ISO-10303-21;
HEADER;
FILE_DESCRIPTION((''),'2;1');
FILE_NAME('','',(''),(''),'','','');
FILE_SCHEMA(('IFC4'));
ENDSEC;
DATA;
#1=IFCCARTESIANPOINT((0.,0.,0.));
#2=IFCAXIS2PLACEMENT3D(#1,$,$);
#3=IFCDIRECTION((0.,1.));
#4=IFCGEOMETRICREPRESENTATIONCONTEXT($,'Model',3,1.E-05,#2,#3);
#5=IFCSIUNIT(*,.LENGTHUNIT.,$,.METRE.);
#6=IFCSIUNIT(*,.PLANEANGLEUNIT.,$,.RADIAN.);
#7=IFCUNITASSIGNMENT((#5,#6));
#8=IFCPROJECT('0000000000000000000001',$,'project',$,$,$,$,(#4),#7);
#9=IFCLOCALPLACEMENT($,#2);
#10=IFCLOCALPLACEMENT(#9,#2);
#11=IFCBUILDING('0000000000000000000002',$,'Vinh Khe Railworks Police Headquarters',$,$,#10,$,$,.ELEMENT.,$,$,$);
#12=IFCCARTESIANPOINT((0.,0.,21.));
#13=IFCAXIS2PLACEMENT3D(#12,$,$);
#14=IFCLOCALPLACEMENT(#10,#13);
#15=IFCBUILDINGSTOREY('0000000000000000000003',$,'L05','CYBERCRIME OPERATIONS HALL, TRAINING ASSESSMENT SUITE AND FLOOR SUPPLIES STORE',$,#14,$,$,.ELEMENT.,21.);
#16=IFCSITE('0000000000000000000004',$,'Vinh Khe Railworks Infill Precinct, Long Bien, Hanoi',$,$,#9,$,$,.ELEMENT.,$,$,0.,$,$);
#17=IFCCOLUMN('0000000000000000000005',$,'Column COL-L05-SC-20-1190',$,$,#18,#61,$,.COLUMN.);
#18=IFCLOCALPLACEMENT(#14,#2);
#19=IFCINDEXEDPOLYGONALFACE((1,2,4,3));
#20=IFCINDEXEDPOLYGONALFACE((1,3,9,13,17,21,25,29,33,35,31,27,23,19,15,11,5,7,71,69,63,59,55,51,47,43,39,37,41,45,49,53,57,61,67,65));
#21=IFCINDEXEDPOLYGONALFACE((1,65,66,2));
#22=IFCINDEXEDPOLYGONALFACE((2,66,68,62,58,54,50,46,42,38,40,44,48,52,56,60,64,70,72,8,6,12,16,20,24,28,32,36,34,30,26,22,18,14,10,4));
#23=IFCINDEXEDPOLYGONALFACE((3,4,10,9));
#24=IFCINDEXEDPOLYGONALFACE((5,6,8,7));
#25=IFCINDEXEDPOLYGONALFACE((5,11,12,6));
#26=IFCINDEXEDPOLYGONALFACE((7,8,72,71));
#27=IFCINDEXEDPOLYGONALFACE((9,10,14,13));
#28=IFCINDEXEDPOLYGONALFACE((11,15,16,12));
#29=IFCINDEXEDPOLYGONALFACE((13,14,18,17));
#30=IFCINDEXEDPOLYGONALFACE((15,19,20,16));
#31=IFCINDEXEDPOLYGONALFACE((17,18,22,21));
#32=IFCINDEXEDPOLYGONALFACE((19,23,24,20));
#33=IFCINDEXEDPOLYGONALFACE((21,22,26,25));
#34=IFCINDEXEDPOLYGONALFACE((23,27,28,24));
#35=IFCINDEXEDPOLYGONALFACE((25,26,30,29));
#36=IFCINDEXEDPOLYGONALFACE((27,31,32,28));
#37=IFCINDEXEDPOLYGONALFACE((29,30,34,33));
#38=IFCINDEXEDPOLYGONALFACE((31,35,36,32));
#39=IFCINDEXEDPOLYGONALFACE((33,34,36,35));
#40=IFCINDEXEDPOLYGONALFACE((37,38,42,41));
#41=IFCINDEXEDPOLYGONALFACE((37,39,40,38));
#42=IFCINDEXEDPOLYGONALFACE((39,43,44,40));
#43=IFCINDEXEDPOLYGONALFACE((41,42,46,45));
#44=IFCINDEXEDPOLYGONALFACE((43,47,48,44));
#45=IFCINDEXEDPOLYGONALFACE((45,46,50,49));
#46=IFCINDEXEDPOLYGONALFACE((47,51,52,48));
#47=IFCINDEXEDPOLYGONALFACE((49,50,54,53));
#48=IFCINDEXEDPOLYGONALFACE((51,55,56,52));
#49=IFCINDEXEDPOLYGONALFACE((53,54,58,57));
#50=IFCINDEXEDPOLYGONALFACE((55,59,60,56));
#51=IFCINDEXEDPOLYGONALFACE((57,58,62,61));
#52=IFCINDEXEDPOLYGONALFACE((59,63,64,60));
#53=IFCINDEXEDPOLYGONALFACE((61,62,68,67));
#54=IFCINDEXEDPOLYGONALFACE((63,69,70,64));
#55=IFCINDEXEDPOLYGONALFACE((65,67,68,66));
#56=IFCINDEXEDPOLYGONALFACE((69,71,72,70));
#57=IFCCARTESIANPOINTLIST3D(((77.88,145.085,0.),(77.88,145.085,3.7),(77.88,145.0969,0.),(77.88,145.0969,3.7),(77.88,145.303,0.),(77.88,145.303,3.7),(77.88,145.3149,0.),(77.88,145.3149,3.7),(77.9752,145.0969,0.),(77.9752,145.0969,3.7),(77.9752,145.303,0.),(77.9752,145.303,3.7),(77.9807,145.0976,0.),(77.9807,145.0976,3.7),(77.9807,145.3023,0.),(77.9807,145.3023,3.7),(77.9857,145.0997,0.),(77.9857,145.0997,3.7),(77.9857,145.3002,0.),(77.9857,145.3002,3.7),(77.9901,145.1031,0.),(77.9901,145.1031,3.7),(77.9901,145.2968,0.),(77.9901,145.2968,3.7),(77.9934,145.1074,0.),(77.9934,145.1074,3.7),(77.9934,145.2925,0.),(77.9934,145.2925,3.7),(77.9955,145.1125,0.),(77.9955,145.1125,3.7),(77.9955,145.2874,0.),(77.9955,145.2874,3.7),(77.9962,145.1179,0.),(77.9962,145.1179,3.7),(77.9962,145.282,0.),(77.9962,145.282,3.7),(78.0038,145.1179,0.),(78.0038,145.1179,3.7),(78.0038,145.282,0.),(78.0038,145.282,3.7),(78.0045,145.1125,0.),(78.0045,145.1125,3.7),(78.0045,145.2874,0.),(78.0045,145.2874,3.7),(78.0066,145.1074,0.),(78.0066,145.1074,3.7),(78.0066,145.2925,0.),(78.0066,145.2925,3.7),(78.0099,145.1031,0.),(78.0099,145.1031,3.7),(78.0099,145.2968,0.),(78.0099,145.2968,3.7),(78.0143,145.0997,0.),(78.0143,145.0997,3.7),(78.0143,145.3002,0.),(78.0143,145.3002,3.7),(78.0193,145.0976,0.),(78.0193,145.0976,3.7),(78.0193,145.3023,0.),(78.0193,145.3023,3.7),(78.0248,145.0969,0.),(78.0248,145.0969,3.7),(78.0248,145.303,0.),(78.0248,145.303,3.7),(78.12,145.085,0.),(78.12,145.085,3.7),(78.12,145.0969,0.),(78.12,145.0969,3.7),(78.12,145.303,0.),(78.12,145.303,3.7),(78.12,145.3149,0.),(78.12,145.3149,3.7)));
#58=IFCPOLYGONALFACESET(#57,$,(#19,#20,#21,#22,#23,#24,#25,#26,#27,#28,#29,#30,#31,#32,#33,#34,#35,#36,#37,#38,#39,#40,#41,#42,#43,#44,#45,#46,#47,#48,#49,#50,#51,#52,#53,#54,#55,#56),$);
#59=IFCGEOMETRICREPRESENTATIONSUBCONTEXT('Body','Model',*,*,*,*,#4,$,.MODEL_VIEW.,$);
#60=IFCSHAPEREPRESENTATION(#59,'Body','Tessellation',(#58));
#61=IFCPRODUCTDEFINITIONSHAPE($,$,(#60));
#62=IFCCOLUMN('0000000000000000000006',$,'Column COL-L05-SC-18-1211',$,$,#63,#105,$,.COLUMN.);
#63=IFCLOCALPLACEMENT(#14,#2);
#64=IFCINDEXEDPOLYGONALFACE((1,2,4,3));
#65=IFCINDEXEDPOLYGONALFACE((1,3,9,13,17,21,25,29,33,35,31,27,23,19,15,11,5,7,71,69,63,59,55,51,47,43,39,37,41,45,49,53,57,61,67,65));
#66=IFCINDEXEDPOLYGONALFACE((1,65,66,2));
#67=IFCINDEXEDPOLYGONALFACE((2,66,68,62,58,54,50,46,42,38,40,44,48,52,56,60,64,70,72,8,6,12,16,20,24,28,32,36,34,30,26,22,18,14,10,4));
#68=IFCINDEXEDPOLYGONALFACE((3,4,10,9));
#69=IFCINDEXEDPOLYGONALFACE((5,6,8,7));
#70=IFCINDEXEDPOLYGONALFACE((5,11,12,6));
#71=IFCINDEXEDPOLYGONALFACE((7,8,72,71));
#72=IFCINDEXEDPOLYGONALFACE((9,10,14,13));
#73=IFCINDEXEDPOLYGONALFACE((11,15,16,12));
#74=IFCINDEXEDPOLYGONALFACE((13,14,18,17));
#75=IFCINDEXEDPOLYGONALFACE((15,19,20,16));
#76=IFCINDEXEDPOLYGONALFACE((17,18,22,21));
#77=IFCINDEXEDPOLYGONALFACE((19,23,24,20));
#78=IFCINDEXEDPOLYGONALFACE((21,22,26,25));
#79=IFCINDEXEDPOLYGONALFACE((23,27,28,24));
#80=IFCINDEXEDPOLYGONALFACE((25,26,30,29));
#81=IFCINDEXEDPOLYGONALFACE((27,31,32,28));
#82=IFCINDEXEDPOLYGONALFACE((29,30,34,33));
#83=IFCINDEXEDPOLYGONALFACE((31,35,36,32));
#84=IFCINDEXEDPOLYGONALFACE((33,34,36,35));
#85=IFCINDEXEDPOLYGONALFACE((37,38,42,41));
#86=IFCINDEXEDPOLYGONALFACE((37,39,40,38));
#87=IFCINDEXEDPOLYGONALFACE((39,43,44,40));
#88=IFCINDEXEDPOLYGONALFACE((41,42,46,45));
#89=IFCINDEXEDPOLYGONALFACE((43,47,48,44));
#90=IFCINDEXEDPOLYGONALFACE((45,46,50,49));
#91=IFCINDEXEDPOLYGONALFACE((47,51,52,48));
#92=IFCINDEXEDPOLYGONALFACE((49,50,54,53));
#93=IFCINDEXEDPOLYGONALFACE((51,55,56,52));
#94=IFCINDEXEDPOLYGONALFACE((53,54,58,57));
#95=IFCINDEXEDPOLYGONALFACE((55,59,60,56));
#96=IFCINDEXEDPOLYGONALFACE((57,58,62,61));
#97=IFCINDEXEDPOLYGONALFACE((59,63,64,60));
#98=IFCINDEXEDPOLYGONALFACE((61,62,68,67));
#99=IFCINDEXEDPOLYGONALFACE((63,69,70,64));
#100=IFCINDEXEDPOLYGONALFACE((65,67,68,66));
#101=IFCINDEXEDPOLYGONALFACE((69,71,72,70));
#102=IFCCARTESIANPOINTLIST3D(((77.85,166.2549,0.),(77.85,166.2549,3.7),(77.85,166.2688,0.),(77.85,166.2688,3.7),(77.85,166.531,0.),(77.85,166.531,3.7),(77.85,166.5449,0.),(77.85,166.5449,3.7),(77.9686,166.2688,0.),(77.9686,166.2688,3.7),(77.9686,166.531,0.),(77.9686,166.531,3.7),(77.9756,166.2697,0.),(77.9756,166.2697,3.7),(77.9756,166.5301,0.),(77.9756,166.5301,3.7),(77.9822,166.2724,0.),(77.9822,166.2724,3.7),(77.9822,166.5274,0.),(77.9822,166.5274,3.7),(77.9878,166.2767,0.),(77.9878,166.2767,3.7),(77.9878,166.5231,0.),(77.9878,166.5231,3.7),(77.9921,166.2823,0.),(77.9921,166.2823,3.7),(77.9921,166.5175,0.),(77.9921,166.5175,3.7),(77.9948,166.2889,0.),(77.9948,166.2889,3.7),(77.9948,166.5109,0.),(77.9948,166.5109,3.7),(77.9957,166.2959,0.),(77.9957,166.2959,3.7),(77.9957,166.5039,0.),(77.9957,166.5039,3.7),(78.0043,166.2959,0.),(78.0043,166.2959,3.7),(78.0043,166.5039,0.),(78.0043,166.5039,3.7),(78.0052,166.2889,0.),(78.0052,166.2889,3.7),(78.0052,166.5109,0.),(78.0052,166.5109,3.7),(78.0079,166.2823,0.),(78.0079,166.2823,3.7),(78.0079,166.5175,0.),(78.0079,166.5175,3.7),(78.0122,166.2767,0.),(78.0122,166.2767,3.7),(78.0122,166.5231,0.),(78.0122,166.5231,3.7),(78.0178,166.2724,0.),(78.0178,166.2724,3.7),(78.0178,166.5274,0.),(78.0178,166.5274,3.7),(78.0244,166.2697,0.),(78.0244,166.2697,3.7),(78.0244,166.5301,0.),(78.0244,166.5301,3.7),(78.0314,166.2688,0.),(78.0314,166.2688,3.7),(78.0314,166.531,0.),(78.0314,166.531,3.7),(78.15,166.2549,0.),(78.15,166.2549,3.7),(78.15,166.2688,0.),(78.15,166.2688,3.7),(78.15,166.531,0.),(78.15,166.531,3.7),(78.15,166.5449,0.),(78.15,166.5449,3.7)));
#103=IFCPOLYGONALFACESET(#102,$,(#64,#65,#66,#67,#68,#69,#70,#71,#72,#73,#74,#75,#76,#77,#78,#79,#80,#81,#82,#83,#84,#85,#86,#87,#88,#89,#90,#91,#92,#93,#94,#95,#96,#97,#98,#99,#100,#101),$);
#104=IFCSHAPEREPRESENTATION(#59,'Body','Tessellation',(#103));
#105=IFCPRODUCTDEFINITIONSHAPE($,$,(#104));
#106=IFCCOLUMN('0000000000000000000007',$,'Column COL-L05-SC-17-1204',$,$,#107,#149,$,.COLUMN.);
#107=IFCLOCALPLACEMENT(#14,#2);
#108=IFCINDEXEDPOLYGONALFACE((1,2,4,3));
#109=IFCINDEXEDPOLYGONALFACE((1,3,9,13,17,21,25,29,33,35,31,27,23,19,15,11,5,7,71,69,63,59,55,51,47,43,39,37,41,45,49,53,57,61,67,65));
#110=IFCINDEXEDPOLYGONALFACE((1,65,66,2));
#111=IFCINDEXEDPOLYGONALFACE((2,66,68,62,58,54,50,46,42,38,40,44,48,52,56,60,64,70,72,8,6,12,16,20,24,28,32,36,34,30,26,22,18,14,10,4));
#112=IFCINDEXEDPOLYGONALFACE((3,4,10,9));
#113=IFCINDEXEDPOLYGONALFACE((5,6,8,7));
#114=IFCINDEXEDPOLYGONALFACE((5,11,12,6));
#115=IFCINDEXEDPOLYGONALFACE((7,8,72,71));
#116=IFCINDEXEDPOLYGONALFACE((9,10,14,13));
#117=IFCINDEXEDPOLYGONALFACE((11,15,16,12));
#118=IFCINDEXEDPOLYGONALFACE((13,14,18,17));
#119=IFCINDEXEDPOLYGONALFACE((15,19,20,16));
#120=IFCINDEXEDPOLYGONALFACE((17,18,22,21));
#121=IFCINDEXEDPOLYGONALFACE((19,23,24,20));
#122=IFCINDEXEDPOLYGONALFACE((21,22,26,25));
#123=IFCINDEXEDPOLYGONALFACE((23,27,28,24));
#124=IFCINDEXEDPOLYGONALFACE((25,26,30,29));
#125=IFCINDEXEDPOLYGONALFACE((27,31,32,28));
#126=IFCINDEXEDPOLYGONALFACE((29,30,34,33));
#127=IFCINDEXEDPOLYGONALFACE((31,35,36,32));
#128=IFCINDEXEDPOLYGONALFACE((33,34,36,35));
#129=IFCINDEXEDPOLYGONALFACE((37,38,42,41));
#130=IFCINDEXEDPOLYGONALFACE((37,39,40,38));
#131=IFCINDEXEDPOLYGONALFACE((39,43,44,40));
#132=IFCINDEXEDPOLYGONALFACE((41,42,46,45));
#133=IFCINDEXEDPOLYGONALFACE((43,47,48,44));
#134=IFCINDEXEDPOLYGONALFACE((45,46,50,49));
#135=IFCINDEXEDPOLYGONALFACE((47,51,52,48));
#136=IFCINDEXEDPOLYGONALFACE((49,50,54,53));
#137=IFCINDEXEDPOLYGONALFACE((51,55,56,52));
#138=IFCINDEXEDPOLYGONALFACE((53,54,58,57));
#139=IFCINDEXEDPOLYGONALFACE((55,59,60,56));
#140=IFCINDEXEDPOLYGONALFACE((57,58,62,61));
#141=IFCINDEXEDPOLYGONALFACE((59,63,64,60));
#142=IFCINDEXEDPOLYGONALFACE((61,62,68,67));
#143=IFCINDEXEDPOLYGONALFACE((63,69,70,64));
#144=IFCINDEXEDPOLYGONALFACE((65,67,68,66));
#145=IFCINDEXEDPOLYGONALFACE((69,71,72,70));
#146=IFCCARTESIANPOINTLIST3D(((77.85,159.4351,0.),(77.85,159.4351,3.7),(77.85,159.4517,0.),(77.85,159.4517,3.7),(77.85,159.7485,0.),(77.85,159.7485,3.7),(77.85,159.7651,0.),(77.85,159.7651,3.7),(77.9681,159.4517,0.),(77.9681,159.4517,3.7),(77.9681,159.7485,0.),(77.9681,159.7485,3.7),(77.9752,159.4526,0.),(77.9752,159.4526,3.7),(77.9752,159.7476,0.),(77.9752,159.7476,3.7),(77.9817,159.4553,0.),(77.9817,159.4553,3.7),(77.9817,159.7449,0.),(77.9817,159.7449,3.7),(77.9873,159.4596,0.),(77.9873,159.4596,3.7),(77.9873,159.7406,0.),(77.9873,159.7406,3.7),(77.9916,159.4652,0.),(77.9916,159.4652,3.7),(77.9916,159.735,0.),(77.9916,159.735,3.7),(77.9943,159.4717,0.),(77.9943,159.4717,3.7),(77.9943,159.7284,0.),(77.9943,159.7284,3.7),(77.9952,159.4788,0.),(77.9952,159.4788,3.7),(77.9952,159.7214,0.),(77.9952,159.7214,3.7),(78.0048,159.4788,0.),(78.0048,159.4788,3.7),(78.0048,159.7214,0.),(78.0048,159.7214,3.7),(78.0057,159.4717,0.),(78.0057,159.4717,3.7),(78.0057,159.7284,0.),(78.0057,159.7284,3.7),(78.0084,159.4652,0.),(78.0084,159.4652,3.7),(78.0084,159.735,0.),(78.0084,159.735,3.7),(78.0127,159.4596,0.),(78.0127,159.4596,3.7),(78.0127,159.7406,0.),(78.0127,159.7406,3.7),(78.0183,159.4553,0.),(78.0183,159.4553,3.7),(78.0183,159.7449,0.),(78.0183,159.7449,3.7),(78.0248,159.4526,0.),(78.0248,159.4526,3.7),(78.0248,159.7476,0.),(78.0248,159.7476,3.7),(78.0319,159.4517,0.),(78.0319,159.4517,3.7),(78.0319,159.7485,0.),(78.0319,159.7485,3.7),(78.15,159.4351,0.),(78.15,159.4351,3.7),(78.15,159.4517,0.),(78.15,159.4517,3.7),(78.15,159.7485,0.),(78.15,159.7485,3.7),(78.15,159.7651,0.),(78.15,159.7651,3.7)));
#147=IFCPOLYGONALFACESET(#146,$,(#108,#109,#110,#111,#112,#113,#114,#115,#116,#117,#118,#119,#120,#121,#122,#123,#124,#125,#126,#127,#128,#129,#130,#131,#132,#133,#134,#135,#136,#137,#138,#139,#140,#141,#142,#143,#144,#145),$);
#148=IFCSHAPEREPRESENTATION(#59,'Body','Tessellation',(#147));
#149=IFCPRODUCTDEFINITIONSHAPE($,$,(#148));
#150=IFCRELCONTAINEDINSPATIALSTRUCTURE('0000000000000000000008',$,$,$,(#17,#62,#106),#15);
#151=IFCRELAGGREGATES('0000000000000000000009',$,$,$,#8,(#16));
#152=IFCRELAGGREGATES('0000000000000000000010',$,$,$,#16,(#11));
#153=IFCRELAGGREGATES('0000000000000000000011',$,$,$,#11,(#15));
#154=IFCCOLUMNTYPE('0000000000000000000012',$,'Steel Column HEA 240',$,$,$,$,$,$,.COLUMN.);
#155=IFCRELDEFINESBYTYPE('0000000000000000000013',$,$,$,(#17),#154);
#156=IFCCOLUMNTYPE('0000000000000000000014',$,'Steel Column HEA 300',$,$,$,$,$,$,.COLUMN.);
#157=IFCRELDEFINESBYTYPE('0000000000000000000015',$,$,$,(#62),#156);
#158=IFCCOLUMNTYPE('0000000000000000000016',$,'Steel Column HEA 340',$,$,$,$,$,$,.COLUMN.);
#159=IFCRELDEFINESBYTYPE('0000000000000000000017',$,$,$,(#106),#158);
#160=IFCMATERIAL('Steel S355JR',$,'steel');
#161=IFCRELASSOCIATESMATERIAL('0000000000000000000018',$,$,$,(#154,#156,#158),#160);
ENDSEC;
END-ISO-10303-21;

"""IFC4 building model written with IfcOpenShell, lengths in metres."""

from ifc_helpers import new_model, si_unit, direction, frame, origin, origin_2d, place, context, subcontext, project, spatial, i_section, extrude, material, material_profile, profile_set, type_object, element, save


model = new_model("IFC4")

# Units and contexts
model_context = context("Model", 3, precision=1e-05, world=origin(), true_north=direction((0.0, 1.0)))
body_context = subcontext(model_context, "Body", "Model", "MODEL_VIEW")
ifc_project = project(units=[si_unit("LENGTHUNIT", "METRE"), si_unit("PLANEANGLEUNIT", "RADIAN")], contexts=[model_context])

# Site, building, storey
site_placement = place(None, origin())
site = spatial("IfcSite", under=ifc_project, at=site_placement, Name="Vinh Khe Railworks Infill Precinct, Long Bien, Hanoi", CompositionType="ELEMENT", RefElevation=0.0)
building_placement = place(site_placement, origin())
building = spatial("IfcBuilding", under=site, at=building_placement, Name="Vinh Khe Railworks Police Headquarters", CompositionType="ELEMENT")
storey_placement = place(building_placement, frame((0.0, 0.0, 21.0)))
storey = spatial("IfcBuildingStorey", under=building, at=storey_placement, Name="L05", Description="CYBERCRIME OPERATIONS HALL, TRAINING ASSESSMENT SUITE AND FLOOR SUPPLIES STORE", CompositionType="ELEMENT", Elevation=21.0)

# Columns
ifc_material_1 = material(Name="Steel S355JR", Category="steel")
ifc_material_profile_1 = material_profile(ifc_material_1, i_section(OverallWidth=0.24, OverallDepth=0.23, WebThickness=0.0076, FlangeThickness=0.012, FilletRadius=0.021, at=origin_2d()), Name="HEA 240")
ifc_profile_set_1 = profile_set([ifc_material_profile_1], Name="Steel S355JR")
column_type_1 = type_object("IfcColumnType", Name="Steel Column HEA 240", PredefinedType="COLUMN", material=ifc_profile_set_1)
column_1_placement = place(storey_placement, frame((78.0, 145.2, 0.0), z_axis=(0.0, 0.0, 1.0), x_axis=(1.0, 0.0, 0.0)))
element("IfcColumn", 1, at=column_1_placement, inside=storey, type_object=column_type_1, Name="Column COL-L05-SC-20-1190", PredefinedType="COLUMN", context=body_context, shape_type="SweptSolid", body=[
    extrude(i_section(OverallWidth=0.24, OverallDepth=0.23, WebThickness=0.0076, FlangeThickness=0.012, FilletRadius=0.021, at=origin_2d()), origin(), (0.0, 0.0, 1.0), 3.7),
])
ifc_material_profile_2 = material_profile(ifc_material_1, i_section(OverallWidth=0.3, OverallDepth=0.29, WebThickness=0.0085, FlangeThickness=0.0139, FilletRadius=0.0271, at=origin_2d()), Name="HEA 300")
ifc_profile_set_2 = profile_set([ifc_material_profile_2], Name="Steel S355JR")
column_type_2 = type_object("IfcColumnType", Name="Steel Column HEA 300", PredefinedType="COLUMN", material=ifc_profile_set_2)
column_2_placement = place(storey_placement, frame((78.0, 166.3999, 0.0), z_axis=(0.0, 0.0, 1.0), x_axis=(1.0, 0.0, 0.0)))
element("IfcColumn", 2, at=column_2_placement, inside=storey, type_object=column_type_2, Name="Column COL-L05-SC-18-1211", PredefinedType="COLUMN", context=body_context, shape_type="SweptSolid", body=[
    extrude(i_section(OverallWidth=0.3, OverallDepth=0.29, WebThickness=0.0085, FlangeThickness=0.0139, FilletRadius=0.0271, at=origin_2d()), origin(), (0.0, 0.0, 1.0), 3.7),
])
ifc_material_profile_3 = material_profile(ifc_material_1, i_section(OverallWidth=0.3, OverallDepth=0.3301, WebThickness=0.0095, FlangeThickness=0.0166, FilletRadius=0.0271, at=origin_2d()), Name="HEA 340")
ifc_profile_set_3 = profile_set([ifc_material_profile_3], Name="Steel S355JR")
column_type_3 = type_object("IfcColumnType", Name="Steel Column HEA 340", PredefinedType="COLUMN", material=ifc_profile_set_3)
column_3_placement = place(storey_placement, frame((78.0, 159.6001, 0.0), z_axis=(0.0, 0.0, 1.0), x_axis=(1.0, 0.0, 0.0)))
element("IfcColumn", 3, at=column_3_placement, inside=storey, type_object=column_type_3, Name="Column COL-L05-SC-17-1204", PredefinedType="COLUMN", context=body_context, shape_type="SweptSolid", body=[
    extrude(i_section(OverallWidth=0.3, OverallDepth=0.3301, WebThickness=0.0095, FlangeThickness=0.0166, FilletRadius=0.0271, at=origin_2d()), origin(), (0.0, 0.0, 1.0), 3.7),
])

save(model, "model.ifc")
